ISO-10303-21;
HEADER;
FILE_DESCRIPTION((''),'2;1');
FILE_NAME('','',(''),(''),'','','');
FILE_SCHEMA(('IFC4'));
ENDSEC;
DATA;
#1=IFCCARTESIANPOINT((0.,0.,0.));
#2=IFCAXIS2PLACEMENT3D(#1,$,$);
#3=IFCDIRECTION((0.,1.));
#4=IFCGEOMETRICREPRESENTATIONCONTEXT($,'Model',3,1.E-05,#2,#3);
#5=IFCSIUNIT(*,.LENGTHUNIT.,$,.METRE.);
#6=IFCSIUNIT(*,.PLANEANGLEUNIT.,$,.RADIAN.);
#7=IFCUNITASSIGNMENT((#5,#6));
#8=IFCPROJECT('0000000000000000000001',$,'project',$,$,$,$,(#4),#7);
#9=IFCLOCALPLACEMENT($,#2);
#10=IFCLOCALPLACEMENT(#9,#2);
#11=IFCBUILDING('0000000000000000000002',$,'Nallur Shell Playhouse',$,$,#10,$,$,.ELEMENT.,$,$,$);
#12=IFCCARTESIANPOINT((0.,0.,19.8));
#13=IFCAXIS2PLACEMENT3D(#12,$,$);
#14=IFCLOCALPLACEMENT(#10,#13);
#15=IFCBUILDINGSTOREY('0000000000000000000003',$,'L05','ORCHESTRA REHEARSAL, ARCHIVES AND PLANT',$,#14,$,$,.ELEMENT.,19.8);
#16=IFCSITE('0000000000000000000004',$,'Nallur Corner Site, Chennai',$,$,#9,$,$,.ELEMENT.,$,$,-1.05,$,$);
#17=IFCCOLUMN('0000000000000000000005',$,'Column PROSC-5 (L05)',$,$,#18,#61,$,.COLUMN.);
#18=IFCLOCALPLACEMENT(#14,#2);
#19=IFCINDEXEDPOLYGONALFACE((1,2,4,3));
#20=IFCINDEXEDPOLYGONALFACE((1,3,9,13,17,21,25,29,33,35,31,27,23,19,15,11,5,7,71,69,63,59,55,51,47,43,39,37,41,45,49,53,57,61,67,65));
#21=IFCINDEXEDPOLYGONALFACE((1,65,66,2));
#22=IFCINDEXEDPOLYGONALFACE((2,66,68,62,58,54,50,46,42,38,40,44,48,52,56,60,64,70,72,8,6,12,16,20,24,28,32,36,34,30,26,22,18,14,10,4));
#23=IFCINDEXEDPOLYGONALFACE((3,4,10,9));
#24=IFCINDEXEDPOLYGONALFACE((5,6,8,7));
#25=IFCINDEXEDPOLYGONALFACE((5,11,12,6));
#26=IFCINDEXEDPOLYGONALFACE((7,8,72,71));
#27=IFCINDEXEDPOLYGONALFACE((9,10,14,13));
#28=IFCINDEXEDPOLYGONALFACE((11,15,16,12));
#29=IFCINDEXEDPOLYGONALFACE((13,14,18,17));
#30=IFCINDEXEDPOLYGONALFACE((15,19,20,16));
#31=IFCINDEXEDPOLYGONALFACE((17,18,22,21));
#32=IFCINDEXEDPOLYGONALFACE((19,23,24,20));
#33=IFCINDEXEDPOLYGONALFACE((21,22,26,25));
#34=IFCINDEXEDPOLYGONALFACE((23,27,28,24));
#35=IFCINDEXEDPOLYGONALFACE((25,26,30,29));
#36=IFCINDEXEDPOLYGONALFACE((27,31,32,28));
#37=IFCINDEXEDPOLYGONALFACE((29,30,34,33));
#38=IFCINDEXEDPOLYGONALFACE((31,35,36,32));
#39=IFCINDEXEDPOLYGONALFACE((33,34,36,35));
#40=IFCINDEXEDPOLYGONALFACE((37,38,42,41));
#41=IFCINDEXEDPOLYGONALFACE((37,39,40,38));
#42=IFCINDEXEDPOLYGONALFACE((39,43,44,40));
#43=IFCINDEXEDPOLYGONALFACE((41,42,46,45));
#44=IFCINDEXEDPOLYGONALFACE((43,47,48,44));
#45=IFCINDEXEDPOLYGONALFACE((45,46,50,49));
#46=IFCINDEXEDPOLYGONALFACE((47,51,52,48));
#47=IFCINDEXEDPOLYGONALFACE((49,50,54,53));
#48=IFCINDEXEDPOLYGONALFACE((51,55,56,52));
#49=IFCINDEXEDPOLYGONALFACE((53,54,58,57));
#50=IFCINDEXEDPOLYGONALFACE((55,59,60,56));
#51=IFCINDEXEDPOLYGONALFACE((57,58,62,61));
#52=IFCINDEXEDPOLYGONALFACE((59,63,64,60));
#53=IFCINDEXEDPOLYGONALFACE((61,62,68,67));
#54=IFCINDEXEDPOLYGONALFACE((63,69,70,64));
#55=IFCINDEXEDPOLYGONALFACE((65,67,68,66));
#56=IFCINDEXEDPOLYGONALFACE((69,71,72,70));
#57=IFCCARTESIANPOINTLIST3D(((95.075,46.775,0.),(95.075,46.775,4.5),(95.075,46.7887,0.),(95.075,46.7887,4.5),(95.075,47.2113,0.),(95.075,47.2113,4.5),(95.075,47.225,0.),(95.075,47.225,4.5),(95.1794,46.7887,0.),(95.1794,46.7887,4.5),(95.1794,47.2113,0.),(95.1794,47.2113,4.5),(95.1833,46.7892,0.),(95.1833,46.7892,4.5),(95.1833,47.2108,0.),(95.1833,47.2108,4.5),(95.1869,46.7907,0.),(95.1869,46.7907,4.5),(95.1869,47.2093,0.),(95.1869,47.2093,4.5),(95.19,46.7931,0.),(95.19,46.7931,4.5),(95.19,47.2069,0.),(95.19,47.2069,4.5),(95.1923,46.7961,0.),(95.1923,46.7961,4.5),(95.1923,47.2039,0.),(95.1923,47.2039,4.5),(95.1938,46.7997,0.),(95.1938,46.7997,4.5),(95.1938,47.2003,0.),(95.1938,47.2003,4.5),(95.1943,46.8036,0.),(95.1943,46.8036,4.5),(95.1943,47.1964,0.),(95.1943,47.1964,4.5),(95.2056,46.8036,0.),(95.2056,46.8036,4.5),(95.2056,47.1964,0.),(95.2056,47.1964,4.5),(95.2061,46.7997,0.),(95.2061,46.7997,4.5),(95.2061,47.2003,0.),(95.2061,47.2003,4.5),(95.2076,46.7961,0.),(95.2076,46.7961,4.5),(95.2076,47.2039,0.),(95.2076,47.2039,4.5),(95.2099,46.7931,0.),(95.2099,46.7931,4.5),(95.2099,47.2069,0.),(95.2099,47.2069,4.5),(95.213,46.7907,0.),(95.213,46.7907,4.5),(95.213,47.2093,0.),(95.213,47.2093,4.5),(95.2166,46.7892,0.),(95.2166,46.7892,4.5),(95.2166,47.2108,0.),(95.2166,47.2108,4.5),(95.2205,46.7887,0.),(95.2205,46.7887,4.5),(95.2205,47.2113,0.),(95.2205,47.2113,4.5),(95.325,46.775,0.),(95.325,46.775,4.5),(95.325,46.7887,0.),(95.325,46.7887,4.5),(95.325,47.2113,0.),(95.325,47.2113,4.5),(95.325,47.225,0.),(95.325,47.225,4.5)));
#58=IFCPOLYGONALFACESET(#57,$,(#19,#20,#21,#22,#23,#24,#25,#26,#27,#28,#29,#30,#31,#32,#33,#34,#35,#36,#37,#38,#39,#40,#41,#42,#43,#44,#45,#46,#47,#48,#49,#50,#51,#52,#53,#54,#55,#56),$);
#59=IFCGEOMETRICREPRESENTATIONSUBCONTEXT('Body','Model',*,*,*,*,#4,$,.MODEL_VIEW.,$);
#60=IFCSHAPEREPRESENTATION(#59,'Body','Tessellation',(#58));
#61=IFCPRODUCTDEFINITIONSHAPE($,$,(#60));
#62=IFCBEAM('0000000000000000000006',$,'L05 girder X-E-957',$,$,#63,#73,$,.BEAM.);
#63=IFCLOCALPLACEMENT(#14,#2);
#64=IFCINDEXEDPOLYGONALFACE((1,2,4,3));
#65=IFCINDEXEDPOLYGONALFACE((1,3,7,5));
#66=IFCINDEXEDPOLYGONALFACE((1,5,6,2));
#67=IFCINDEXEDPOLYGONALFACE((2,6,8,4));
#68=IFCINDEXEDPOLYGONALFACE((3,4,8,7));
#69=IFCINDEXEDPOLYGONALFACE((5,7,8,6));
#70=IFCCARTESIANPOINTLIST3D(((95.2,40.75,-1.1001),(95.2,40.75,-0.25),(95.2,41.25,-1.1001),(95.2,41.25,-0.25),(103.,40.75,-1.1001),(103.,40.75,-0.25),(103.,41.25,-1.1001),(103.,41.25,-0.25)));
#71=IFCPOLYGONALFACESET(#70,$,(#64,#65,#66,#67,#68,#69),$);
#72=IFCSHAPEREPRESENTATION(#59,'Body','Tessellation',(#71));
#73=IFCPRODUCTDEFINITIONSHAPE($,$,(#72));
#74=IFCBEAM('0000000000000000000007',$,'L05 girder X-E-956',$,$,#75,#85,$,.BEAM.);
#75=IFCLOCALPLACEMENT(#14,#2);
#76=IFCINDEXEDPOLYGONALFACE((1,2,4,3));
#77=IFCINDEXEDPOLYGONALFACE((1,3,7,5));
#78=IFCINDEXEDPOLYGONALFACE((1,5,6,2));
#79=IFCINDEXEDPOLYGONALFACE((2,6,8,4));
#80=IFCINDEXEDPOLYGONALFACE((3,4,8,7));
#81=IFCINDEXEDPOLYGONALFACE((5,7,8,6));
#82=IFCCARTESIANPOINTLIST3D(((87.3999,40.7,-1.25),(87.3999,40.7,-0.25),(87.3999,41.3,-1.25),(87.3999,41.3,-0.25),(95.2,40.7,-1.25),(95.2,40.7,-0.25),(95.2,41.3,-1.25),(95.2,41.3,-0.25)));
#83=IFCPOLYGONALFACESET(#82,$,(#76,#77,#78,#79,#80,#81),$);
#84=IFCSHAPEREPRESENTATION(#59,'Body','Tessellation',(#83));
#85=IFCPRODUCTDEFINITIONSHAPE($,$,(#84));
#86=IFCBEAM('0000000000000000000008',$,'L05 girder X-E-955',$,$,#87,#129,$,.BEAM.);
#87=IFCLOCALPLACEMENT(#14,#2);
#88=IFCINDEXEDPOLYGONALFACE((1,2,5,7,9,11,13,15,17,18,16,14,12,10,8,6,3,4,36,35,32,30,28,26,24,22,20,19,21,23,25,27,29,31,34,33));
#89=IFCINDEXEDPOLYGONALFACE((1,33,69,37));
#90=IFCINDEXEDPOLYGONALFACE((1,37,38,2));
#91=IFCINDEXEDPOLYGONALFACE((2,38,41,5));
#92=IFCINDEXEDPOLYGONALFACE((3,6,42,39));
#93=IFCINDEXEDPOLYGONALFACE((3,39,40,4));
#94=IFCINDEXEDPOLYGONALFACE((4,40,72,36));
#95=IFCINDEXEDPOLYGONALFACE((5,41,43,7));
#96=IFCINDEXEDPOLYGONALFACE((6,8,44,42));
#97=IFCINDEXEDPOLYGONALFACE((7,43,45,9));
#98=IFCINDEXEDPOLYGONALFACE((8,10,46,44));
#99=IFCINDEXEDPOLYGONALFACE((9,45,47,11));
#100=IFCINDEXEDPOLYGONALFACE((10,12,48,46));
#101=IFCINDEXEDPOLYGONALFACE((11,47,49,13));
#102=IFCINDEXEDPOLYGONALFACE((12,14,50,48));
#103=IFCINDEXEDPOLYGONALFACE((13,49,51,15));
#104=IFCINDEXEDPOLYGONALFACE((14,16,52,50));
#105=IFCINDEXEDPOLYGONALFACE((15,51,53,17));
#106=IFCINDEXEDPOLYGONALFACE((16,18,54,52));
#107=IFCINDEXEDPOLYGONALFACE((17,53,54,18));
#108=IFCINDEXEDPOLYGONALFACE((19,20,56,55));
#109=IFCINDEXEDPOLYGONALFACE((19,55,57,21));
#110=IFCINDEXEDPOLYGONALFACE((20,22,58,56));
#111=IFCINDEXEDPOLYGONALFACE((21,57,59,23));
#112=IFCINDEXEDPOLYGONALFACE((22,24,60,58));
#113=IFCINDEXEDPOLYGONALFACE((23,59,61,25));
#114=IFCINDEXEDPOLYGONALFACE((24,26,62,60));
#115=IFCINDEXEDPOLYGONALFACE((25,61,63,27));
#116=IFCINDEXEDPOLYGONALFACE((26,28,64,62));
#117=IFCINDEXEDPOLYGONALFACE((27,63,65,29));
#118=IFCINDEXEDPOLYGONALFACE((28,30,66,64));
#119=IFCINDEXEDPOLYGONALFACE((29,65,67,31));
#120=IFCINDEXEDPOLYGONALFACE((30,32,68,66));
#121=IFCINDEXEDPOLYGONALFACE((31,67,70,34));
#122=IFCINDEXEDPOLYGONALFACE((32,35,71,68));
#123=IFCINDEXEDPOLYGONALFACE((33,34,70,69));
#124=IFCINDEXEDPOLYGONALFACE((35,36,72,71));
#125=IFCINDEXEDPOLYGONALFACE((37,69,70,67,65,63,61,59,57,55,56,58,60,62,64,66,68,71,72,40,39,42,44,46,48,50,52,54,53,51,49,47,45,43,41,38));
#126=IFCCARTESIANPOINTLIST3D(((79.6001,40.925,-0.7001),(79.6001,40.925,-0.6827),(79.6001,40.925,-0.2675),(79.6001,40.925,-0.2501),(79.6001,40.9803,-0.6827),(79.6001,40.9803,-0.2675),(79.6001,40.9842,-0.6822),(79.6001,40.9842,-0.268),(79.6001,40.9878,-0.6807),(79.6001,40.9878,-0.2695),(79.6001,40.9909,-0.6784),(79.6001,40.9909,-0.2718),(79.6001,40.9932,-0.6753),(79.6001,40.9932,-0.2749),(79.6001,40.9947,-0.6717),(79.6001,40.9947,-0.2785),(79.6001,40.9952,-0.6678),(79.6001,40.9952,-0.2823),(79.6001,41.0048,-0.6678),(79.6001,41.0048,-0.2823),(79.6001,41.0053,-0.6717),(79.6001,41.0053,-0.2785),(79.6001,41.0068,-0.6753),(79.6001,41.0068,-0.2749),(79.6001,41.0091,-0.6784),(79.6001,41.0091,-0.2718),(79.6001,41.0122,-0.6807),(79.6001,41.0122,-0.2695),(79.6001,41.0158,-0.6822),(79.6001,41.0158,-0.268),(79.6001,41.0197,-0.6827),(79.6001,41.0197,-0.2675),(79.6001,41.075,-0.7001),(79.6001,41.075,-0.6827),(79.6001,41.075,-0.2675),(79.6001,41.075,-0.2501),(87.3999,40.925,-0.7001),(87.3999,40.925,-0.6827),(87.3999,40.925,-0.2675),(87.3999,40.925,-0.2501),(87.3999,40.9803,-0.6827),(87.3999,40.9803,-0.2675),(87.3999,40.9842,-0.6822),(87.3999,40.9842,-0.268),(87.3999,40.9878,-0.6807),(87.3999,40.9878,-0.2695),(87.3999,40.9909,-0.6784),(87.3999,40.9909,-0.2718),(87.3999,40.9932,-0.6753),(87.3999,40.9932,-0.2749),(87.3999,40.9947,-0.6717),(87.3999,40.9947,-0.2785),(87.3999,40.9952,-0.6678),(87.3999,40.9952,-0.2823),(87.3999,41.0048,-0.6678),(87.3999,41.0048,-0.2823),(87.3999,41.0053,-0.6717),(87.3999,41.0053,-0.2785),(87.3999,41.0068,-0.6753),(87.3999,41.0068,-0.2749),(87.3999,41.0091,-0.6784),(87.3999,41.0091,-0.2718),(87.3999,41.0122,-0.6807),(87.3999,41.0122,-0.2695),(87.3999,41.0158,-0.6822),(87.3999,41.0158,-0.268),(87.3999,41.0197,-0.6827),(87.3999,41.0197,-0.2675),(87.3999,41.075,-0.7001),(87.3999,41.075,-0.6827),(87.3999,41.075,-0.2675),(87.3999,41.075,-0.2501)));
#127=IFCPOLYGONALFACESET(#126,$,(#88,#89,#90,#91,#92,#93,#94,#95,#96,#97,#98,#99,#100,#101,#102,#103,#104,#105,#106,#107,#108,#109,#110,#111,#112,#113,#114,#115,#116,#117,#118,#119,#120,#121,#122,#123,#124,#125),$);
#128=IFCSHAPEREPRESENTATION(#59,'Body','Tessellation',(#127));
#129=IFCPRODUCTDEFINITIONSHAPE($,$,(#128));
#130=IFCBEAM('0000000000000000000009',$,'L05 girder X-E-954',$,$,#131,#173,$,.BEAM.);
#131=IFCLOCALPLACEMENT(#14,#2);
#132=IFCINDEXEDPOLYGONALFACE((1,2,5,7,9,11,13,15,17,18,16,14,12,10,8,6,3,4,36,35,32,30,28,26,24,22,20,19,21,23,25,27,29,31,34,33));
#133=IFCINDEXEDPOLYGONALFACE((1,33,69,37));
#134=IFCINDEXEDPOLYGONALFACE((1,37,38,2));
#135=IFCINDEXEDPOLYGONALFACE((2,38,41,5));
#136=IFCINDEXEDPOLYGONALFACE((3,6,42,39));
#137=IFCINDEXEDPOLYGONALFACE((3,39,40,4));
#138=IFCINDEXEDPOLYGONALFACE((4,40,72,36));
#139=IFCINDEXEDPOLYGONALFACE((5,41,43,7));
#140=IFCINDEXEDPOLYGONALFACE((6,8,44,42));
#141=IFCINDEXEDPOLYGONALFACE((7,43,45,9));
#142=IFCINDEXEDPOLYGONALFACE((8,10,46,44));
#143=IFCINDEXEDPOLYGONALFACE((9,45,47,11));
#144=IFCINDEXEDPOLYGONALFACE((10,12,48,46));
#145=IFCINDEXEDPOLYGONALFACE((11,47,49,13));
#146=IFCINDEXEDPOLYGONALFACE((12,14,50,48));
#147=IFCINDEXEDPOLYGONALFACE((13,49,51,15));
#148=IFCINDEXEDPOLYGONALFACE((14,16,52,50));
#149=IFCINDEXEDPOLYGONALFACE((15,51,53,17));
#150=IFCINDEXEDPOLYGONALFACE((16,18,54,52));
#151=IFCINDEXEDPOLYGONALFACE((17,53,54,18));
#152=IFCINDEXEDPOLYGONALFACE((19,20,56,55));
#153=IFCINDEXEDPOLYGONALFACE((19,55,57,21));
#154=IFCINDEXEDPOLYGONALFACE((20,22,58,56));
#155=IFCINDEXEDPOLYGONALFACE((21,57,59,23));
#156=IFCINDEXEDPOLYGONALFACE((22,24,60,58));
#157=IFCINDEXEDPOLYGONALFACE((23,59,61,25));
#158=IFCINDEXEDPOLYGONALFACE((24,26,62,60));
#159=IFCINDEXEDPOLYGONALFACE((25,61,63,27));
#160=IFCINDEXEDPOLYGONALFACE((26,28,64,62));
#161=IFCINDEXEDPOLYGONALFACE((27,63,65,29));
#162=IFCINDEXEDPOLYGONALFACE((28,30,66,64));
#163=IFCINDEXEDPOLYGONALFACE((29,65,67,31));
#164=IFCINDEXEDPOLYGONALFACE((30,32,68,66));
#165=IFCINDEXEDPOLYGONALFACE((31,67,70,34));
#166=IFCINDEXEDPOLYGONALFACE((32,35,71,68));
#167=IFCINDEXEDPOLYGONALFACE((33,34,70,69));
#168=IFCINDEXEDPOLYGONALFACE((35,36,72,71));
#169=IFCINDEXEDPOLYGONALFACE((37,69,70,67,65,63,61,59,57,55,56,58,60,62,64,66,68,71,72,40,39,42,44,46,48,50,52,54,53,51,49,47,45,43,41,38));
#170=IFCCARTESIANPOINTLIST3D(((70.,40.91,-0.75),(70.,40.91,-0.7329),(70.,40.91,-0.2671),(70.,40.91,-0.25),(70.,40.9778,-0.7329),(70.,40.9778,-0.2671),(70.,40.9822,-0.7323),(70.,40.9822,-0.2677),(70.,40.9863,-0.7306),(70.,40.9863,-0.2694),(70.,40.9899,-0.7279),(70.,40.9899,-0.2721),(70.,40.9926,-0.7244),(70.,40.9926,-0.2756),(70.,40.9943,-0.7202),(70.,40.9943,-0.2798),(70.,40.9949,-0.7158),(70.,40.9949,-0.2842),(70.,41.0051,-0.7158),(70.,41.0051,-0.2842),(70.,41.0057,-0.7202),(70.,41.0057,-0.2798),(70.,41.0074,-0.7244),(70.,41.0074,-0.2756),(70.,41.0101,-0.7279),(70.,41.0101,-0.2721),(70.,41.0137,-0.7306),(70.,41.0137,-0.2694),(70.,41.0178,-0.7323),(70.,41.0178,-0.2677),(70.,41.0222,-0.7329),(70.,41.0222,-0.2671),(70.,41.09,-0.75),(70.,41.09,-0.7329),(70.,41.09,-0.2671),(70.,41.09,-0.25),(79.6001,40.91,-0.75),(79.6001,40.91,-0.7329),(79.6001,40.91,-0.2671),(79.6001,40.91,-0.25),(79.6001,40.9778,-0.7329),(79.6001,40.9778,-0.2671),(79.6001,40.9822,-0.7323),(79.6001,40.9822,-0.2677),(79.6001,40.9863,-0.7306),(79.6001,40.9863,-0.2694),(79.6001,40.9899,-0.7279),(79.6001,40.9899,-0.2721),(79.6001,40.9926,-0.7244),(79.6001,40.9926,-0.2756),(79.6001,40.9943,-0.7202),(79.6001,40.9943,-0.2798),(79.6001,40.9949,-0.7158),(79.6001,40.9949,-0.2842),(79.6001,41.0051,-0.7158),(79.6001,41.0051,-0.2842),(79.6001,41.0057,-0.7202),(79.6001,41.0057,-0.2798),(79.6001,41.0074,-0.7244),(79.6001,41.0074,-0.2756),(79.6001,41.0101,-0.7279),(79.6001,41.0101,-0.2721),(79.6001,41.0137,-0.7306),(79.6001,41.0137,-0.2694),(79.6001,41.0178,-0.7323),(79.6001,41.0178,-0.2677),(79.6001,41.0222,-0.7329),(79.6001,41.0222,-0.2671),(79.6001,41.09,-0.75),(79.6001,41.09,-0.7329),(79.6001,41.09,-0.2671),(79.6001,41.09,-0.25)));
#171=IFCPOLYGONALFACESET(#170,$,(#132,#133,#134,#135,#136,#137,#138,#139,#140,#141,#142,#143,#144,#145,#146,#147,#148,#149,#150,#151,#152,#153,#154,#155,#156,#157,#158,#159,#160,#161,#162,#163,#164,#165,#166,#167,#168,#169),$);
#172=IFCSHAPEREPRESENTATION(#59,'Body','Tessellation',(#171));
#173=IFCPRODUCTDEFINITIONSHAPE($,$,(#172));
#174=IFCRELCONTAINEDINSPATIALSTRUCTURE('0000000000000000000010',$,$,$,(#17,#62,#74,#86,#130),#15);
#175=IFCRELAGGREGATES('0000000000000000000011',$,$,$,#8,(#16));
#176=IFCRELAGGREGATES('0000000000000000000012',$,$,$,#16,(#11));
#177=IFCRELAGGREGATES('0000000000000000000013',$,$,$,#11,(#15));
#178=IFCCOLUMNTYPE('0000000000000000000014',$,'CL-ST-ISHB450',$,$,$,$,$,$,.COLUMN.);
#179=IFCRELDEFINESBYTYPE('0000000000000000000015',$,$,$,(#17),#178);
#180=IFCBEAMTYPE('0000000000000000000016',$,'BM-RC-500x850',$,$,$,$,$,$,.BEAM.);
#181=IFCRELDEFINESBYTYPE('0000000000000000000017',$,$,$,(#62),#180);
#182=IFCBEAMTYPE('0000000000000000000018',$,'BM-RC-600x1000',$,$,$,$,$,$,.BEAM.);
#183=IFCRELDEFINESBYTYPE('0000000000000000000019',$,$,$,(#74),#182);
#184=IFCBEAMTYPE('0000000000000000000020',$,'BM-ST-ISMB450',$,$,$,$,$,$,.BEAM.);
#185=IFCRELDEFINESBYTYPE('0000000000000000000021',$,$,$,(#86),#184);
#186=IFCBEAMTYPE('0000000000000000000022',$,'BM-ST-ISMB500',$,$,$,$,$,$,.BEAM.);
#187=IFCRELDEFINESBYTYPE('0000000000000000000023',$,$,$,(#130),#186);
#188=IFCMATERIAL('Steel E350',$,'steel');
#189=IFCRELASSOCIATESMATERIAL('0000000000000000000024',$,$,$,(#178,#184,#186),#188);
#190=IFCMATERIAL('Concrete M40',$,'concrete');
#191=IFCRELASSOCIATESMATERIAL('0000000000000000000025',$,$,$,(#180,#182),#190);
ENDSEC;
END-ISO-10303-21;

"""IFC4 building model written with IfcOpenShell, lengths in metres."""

from ifc_helpers import new_model, si_unit, direction, frame, origin, origin_2d, place, context, subcontext, project, spatial, rectangle, i_section, extrude, material, material_profile, profile_set, type_object, element, save


model = new_model("IFC4")

# Units and contexts
model_context = context("Model", 3, precision=1e-05, world=origin(), true_north=direction((0.0, 1.0)))
body_context = subcontext(model_context, "Body", "Model", "MODEL_VIEW")
ifc_project = project(units=[si_unit("LENGTHUNIT", "METRE"), si_unit("PLANEANGLEUNIT", "RADIAN")], contexts=[model_context])

# Site, building, storey
site_placement = place(None, origin())
site = spatial("IfcSite", under=ifc_project, at=site_placement, Name="Nallur Corner Site, Chennai", CompositionType="ELEMENT", RefElevation=-1.05)
building_placement = place(site_placement, origin())
building = spatial("IfcBuilding", under=site, at=building_placement, Name="Nallur Shell Playhouse", CompositionType="ELEMENT")
storey_placement = place(building_placement, frame((0.0, 0.0, 19.8)))
storey = spatial("IfcBuildingStorey", under=building, at=storey_placement, Name="L05", Description="ORCHESTRA REHEARSAL, ARCHIVES AND PLANT", CompositionType="ELEMENT", Elevation=19.8)

# Column
ifc_material_1 = material(Name="Steel E350", Category="steel")
ifc_material_profile_1 = material_profile(ifc_material_1, i_section(OverallWidth=0.25, OverallDepth=0.45, WebThickness=0.0112, FlangeThickness=0.0137, FilletRadius=0.0149, at=origin_2d()), Name="ISHB 450")
ifc_profile_set_1 = profile_set([ifc_material_profile_1], Name="Steel E350")
column_type_1 = type_object("IfcColumnType", Name="CL-ST-ISHB450", PredefinedType="COLUMN", material=ifc_profile_set_1)
for number, where, z_axis, x_axis, name in (
    (1, (95.2, 47.0, 0.0), (0.0, 0.0, 1.0), (1.0, 0.0, 0.0), "Column PROSC-5 (L05)"),
):
    element("IfcColumn", number, at=place(storey_placement, frame(where, z_axis=z_axis, x_axis=x_axis)), inside=storey, type_object=column_type_1, Name=name, PredefinedType="COLUMN", context=body_context, shape_type="SweptSolid", body=[
        extrude(i_section(OverallWidth=0.25, OverallDepth=0.45, WebThickness=0.0112, FlangeThickness=0.0137, FilletRadius=0.0149, at=origin_2d()), origin(), (0.0, 0.0, 1.0), 4.5),
    ])

# Beams
ifc_material_2 = material(Name="Concrete M40", Category="concrete")
ifc_material_profile_2 = material_profile(ifc_material_2, rectangle(XDim=0.5, YDim=0.8501, at=origin_2d()), Name="RC 500x850")
ifc_profile_set_2 = profile_set([ifc_material_profile_2], Name="Concrete M40")
beam_type_1 = type_object("IfcBeamType", Name="BM-RC-500x850", PredefinedType="BEAM", material=ifc_profile_set_2)
beam_1_placement = place(storey_placement, frame((95.2, 41.0, -0.675), z_axis=(1.0, 0.0, 0.0), x_axis=(0.0, 1.0, 0.0)))
element("IfcBeam", 2, at=beam_1_placement, inside=storey, type_object=beam_type_1, Name="L05 girder X-E-957", PredefinedType="BEAM", context=body_context, shape_type="SweptSolid", body=[
    extrude(rectangle(XDim=0.5, YDim=0.8501, at=origin_2d()), origin(), (0.0, 0.0, 1.0), 7.8),
])
ifc_material_profile_3 = material_profile(ifc_material_2, rectangle(XDim=0.6001, YDim=1.0, at=origin_2d()), Name="RC 600x1000")
ifc_profile_set_3 = profile_set([ifc_material_profile_3], Name="Concrete M40")
beam_type_2 = type_object("IfcBeamType", Name="BM-RC-600x1000", PredefinedType="BEAM", material=ifc_profile_set_3)
beam_2_placement = place(storey_placement, frame((87.3999, 41.0, -0.75), z_axis=(1.0, 0.0, 0.0), x_axis=(0.0, 1.0, 0.0)))
element("IfcBeam", 3, at=beam_2_placement, inside=storey, type_object=beam_type_2, Name="L05 girder X-E-956", PredefinedType="BEAM", context=body_context, shape_type="SweptSolid", body=[
    extrude(rectangle(XDim=0.6001, YDim=1.0, at=origin_2d()), origin(), (0.0, 0.0, 1.0), 7.8),
])
ifc_material_profile_4 = material_profile(ifc_material_1, i_section(OverallWidth=0.1499, OverallDepth=0.45, WebThickness=0.0095, FlangeThickness=0.0173, FilletRadius=0.0149, at=origin_2d()), Name="ISMB 450")
ifc_profile_set_4 = profile_set([ifc_material_profile_4], Name="Steel E350")
beam_type_3 = type_object("IfcBeamType", Name="BM-ST-ISMB450", PredefinedType="BEAM", material=ifc_profile_set_4)
beam_3_placement = place(storey_placement, frame((79.6001, 41.0, -0.4751), z_axis=(1.0, 0.0, 0.0), x_axis=(0.0, 1.0, 0.0)))
element("IfcBeam", 4, at=beam_3_placement, inside=storey, type_object=beam_type_3, Name="L05 girder X-E-955", PredefinedType="BEAM", context=body_context, shape_type="SweptSolid", body=[
    extrude(i_section(OverallWidth=0.1499, OverallDepth=0.45, WebThickness=0.0095, FlangeThickness=0.0173, FilletRadius=0.0149, at=origin_2d()), origin(), (0.0, 0.0, 1.0), 7.7998),
])
ifc_material_profile_5 = material_profile(ifc_material_1, i_section(OverallWidth=0.1799, OverallDepth=0.5, WebThickness=0.0103, FlangeThickness=0.0171, FilletRadius=0.0171, at=origin_2d()), Name="ISMB 500")
ifc_profile_set_5 = profile_set([ifc_material_profile_5], Name="Steel E350")
beam_type_4 = type_object("IfcBeamType", Name="BM-ST-ISMB500", PredefinedType="BEAM", material=ifc_profile_set_5)
beam_4_placement = place(storey_placement, frame((70.0, 41.0, -0.5), z_axis=(1.0, 0.0, 0.0), x_axis=(0.0, 1.0, 0.0)))
element("IfcBeam", 5, at=beam_4_placement, inside=storey, type_object=beam_type_4, Name="L05 girder X-E-954", PredefinedType="BEAM", context=body_context, shape_type="SweptSolid", body=[
    extrude(i_section(OverallWidth=0.1799, OverallDepth=0.5, WebThickness=0.0103, FlangeThickness=0.0171, FilletRadius=0.0171, at=origin_2d()), origin(), (0.0, 0.0, 1.0), 9.6001),
])

save(model, "model.ifc")
